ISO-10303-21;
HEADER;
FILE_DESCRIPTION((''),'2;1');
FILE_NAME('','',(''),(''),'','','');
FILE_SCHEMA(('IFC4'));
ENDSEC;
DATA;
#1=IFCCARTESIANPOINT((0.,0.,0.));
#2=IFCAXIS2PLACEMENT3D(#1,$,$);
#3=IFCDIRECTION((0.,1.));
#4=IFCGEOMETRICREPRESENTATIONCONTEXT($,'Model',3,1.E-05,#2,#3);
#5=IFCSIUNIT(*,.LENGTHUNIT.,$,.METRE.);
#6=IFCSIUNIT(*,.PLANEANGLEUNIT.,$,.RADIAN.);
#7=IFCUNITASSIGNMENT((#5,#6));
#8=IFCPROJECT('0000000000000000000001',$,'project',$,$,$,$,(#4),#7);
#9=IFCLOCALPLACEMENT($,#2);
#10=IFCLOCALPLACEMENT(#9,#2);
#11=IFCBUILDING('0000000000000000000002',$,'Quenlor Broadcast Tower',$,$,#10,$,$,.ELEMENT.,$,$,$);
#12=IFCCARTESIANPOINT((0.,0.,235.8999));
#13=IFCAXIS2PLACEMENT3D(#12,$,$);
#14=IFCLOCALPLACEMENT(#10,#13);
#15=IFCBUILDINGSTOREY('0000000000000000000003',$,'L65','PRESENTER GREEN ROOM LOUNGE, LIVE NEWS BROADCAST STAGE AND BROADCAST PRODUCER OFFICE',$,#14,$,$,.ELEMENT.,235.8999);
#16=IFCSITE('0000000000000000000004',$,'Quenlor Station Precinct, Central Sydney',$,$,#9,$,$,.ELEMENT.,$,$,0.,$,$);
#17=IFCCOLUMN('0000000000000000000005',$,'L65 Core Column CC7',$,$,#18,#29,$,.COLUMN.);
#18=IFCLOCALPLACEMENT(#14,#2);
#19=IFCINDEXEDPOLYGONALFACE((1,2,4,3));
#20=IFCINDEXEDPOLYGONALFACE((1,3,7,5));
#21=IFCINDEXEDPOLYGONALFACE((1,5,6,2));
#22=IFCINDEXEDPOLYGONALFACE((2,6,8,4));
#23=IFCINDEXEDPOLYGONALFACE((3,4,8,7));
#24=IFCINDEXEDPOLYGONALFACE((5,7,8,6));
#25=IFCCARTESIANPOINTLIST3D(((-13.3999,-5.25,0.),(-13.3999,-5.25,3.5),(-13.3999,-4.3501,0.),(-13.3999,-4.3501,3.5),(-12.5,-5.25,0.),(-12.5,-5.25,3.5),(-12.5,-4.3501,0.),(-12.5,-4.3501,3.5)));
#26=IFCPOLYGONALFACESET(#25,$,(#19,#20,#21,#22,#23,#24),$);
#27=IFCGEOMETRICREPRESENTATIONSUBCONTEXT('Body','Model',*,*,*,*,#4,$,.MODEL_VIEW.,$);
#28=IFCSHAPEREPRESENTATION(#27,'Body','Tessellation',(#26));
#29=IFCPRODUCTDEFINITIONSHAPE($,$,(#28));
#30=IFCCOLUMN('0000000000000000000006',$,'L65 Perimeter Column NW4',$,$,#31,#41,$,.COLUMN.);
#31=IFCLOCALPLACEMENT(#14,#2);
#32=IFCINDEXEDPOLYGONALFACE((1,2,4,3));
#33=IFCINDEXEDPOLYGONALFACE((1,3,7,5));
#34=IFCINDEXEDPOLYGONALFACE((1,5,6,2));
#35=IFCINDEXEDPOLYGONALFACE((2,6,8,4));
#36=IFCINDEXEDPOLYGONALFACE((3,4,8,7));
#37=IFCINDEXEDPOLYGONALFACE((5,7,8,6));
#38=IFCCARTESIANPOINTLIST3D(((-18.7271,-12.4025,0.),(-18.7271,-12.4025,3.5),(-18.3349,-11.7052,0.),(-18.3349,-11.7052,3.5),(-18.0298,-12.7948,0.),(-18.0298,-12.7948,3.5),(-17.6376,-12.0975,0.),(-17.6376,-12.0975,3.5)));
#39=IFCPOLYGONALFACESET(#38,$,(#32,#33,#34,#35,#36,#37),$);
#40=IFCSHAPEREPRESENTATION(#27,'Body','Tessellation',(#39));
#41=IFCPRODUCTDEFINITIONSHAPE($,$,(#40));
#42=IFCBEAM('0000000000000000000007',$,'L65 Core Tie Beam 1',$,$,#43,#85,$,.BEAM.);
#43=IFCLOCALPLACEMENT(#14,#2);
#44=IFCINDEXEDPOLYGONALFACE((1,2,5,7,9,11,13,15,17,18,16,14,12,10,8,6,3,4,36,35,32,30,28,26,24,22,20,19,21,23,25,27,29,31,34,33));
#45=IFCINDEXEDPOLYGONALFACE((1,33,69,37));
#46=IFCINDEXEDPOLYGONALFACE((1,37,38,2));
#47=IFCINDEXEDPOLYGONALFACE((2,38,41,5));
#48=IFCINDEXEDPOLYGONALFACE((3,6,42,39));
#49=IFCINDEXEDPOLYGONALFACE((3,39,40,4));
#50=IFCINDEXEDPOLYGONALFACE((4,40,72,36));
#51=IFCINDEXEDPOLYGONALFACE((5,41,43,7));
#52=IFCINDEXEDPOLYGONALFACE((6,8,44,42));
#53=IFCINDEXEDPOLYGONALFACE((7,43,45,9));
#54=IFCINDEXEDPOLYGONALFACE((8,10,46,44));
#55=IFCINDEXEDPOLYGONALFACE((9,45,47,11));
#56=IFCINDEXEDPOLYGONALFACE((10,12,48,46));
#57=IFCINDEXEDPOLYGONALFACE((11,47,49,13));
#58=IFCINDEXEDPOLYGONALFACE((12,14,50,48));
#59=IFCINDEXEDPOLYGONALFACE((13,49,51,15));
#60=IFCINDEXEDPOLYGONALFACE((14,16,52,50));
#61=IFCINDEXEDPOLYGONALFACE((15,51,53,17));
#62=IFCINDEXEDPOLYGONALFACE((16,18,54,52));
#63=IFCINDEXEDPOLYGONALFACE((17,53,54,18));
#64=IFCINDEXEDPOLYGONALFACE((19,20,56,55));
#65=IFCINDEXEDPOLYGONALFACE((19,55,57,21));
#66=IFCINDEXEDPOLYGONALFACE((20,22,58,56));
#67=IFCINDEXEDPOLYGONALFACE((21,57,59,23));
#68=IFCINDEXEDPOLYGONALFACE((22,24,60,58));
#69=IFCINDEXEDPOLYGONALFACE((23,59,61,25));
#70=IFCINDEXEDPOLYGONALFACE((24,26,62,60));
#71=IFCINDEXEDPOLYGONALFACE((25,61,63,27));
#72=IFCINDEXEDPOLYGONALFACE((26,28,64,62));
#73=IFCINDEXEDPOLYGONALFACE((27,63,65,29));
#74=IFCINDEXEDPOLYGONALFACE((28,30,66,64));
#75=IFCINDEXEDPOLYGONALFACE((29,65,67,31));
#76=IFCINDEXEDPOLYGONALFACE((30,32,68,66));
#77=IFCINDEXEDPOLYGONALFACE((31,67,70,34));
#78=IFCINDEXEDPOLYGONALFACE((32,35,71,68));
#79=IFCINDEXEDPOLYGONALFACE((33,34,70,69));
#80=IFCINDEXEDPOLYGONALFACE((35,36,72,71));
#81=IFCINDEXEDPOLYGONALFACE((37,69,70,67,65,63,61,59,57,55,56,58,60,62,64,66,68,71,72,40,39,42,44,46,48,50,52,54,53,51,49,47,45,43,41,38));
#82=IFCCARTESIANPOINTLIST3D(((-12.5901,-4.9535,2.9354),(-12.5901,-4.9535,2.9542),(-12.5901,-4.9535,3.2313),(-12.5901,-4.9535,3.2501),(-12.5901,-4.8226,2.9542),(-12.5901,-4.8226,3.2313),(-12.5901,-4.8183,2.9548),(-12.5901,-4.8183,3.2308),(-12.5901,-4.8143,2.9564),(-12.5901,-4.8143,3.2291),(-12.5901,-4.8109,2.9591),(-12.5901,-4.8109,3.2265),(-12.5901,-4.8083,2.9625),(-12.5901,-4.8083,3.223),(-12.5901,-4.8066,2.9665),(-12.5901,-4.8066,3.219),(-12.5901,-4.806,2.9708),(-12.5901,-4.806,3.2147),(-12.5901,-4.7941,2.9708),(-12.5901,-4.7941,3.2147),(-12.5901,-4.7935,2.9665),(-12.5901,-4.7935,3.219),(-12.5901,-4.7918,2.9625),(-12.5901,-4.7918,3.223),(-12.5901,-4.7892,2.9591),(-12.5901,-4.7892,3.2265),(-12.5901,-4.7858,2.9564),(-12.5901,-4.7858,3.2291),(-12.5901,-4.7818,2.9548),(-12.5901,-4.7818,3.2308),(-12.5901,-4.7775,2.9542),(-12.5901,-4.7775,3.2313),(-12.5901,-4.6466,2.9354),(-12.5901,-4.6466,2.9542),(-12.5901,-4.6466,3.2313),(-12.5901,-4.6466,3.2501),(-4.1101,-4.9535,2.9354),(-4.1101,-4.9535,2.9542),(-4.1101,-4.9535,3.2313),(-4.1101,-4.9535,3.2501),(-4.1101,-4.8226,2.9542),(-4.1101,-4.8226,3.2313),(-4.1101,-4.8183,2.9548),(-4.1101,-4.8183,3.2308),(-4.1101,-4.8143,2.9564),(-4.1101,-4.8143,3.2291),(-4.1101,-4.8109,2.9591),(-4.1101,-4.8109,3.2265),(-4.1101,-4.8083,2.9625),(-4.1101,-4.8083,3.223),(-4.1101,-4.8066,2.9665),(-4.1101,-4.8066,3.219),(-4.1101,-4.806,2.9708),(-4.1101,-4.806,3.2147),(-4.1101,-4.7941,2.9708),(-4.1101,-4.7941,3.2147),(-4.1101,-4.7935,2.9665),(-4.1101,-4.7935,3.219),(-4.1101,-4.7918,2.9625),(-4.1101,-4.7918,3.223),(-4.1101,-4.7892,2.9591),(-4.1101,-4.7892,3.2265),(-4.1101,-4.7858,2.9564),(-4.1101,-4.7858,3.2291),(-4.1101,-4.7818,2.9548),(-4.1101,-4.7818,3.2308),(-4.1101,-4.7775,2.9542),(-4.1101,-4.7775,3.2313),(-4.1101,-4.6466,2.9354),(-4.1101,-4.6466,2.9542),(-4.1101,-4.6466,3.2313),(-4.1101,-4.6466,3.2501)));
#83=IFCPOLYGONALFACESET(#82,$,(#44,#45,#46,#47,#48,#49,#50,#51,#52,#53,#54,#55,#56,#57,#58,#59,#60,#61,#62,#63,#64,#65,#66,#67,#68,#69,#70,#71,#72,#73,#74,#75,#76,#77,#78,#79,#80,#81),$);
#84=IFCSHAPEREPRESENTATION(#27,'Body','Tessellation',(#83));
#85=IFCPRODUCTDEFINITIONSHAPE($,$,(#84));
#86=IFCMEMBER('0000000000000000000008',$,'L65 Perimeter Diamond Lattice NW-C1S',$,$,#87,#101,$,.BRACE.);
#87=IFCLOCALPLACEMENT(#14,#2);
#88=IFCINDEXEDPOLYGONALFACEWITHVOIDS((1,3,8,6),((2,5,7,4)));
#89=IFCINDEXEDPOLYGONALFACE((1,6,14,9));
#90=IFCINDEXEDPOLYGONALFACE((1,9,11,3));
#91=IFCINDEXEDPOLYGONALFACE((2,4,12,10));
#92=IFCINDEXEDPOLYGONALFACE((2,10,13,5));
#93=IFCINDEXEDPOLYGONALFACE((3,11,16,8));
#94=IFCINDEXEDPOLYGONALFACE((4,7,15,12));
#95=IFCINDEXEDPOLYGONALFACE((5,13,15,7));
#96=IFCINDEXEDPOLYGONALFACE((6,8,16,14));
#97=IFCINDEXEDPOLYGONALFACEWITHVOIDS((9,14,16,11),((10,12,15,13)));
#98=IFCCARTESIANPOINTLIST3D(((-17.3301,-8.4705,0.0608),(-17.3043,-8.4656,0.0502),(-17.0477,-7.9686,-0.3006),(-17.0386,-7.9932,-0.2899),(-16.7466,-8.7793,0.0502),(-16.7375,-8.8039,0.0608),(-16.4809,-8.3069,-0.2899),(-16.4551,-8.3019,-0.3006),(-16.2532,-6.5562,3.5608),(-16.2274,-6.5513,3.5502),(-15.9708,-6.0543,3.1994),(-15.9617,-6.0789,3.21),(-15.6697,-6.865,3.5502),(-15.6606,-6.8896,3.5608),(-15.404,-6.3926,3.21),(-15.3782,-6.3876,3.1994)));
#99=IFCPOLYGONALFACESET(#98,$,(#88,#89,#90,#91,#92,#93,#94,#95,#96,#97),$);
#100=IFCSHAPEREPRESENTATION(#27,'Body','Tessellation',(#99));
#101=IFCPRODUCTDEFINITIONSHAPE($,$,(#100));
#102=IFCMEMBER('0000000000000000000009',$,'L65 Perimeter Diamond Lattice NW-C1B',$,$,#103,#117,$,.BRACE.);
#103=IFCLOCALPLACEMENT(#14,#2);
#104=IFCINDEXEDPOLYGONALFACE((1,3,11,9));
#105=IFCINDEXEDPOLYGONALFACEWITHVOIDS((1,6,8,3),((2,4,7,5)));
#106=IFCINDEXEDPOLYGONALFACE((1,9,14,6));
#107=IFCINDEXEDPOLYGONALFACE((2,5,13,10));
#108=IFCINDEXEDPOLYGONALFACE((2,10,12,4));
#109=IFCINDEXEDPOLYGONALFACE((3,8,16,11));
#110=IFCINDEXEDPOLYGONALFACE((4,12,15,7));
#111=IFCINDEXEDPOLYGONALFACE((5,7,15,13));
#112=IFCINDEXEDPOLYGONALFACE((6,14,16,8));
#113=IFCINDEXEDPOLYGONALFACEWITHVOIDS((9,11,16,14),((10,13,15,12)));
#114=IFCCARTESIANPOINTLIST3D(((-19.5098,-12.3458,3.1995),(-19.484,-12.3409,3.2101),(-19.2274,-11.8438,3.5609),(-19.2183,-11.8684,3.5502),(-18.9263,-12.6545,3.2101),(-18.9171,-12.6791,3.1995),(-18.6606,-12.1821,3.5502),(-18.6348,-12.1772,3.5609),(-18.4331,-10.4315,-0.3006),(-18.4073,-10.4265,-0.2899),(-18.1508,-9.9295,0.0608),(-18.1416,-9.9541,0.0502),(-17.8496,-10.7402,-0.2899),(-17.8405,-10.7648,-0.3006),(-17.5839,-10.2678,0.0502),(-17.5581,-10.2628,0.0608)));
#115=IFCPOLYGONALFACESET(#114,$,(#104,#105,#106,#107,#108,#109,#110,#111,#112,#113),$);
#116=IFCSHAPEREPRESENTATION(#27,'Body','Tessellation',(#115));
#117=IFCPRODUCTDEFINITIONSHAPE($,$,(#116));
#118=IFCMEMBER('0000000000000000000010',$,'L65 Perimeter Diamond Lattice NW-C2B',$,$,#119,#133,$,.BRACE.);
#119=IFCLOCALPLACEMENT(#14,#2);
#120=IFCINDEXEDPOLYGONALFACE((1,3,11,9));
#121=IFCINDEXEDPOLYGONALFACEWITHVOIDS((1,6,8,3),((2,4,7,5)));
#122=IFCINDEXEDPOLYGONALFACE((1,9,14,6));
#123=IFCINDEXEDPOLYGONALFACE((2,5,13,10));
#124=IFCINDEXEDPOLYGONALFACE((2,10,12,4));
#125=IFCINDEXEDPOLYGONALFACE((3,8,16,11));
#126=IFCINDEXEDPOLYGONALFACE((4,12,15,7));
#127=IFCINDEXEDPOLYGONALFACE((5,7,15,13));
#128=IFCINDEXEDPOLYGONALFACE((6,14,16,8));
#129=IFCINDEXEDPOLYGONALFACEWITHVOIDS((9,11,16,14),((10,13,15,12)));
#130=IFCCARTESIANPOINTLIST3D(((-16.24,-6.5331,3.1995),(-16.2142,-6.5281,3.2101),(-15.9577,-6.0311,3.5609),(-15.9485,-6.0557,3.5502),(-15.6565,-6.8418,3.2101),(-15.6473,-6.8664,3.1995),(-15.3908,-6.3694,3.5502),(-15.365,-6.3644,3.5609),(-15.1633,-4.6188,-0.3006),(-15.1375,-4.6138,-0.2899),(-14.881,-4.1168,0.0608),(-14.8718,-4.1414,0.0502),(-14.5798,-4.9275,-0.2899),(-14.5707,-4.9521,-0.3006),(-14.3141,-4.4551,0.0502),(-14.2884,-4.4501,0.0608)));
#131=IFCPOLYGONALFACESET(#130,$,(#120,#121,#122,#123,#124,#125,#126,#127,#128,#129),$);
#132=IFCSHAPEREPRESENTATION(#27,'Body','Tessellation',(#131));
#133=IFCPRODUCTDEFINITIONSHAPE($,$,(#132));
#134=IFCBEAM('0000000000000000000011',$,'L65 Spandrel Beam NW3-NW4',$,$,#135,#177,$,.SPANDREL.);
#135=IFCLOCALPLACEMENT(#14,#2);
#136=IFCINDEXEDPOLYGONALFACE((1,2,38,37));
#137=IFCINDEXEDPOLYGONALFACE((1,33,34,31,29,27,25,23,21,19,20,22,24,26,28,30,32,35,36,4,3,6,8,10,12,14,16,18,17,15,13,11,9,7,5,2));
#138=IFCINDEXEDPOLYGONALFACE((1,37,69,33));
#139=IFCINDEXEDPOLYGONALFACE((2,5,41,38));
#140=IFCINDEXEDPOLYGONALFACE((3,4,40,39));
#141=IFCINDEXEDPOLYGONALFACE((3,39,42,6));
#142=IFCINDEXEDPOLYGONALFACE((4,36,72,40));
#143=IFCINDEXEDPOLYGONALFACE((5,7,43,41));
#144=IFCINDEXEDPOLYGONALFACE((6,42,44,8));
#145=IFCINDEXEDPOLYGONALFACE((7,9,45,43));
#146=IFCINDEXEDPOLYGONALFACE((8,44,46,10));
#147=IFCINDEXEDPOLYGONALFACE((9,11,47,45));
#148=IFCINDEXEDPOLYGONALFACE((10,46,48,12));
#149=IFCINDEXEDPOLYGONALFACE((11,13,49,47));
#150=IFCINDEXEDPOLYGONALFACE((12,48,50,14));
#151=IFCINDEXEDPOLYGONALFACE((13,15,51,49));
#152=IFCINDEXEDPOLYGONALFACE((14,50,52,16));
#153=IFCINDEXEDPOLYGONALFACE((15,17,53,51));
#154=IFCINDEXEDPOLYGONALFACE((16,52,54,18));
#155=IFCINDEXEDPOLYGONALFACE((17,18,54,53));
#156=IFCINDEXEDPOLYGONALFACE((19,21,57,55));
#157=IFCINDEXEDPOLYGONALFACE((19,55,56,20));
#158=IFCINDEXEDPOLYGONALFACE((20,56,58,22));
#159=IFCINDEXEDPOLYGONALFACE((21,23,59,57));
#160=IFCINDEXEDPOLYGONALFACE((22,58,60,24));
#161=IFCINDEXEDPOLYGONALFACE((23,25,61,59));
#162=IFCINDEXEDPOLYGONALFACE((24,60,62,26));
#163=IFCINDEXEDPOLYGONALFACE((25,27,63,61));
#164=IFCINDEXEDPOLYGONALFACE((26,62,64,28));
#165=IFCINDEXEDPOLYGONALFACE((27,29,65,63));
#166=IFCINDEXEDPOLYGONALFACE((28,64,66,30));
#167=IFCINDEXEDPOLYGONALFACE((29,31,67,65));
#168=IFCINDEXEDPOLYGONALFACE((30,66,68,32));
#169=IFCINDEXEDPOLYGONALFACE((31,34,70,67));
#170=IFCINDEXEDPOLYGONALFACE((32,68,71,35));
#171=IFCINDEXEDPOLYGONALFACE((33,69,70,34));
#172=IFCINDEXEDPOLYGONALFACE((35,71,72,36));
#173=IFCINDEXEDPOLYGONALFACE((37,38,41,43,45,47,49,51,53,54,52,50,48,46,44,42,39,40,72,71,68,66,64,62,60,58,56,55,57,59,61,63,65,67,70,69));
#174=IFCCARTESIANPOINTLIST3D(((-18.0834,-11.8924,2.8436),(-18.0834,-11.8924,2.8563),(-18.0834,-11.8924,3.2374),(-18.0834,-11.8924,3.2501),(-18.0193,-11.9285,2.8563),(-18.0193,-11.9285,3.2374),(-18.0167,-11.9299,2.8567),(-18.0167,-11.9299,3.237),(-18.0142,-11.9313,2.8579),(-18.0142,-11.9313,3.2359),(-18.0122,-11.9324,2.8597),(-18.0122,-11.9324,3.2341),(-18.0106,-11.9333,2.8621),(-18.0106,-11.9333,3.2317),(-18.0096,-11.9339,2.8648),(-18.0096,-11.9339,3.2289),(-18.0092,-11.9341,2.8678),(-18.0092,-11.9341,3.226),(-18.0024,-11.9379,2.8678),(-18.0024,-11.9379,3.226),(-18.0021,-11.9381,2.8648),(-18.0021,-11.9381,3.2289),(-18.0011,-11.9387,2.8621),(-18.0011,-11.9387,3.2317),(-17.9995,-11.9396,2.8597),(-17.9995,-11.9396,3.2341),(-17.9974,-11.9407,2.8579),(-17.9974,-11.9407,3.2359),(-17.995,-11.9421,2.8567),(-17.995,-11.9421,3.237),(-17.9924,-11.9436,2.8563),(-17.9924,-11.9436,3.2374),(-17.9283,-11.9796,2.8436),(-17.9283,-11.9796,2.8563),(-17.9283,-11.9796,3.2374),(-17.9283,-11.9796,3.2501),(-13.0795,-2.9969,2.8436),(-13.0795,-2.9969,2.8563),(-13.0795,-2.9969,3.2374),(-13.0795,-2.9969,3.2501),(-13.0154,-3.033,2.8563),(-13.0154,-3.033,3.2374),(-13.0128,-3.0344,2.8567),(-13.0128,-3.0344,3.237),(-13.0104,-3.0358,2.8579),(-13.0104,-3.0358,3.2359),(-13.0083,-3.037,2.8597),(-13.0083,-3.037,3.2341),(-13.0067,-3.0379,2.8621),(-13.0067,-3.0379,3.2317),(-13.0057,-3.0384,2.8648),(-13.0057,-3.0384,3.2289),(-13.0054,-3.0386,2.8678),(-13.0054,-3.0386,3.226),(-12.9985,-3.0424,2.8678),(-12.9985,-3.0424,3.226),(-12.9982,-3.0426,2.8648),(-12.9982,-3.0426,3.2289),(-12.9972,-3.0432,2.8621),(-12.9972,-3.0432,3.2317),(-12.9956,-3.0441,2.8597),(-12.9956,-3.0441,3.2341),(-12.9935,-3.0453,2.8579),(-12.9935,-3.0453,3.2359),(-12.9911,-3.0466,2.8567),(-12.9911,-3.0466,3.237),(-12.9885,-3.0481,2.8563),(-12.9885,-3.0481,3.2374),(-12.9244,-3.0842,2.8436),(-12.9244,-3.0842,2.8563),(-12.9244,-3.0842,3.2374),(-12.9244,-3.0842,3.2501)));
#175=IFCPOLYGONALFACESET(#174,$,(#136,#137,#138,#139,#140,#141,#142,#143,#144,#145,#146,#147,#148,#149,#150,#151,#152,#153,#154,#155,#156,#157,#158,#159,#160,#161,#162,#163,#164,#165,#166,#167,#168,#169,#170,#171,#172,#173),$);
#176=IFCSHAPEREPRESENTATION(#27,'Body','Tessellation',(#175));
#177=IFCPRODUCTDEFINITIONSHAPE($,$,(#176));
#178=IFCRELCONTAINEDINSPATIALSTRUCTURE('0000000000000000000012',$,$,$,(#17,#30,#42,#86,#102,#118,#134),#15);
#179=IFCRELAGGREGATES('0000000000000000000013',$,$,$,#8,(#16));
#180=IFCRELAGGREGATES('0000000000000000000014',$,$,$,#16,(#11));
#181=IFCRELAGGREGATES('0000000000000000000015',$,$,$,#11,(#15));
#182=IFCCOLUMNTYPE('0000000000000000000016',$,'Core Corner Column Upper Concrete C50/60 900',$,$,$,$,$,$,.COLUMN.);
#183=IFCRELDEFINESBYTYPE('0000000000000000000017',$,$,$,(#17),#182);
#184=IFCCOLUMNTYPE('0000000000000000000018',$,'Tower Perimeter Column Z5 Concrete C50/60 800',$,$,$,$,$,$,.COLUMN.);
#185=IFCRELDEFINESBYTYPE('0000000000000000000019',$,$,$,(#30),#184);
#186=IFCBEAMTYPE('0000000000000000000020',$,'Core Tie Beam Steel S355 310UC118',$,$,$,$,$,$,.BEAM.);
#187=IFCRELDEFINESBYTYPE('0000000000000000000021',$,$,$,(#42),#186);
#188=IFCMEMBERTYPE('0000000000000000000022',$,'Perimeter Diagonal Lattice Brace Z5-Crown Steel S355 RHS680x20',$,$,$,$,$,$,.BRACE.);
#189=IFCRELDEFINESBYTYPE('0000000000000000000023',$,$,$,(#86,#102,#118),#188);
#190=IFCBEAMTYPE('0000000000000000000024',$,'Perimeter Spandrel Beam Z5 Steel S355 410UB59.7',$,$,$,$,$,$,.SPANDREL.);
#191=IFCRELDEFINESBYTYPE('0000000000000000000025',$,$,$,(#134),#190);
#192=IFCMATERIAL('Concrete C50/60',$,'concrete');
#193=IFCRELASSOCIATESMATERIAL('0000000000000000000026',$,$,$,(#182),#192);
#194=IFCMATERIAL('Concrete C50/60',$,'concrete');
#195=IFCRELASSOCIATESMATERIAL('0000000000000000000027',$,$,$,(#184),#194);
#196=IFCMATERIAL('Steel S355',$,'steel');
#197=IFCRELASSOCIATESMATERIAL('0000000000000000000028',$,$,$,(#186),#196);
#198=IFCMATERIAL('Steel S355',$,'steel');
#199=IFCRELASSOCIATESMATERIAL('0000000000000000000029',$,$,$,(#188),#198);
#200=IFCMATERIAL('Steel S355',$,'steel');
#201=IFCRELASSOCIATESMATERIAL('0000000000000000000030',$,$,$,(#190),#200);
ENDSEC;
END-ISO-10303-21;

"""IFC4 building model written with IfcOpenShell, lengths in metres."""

from ifc_helpers import new_model, si_unit, direction, frame, origin, origin_2d, place, context, subcontext, project, spatial, rectangle, hollow_rectangle, i_section, extrude, material, material_profile, profile_set, type_object, element, save


model = new_model("IFC4")

# Units and contexts
model_context = context("Model", 3, precision=1e-05, world=origin(), true_north=direction((0.0, 1.0)))
body_context = subcontext(model_context, "Body", "Model", "MODEL_VIEW")
ifc_project = project(units=[si_unit("LENGTHUNIT", "METRE"), si_unit("PLANEANGLEUNIT", "RADIAN")], contexts=[model_context])

# Site, building, storey
site_placement = place(None, origin())
site = spatial("IfcSite", under=ifc_project, at=site_placement, Name="Quenlor Station Precinct, Central Sydney", CompositionType="ELEMENT", RefElevation=0.0)
building_placement = place(site_placement, origin())
building = spatial("IfcBuilding", under=site, at=building_placement, Name="Quenlor Broadcast Tower", CompositionType="ELEMENT")
storey_placement = place(building_placement, frame((0.0, 0.0, 235.8999)))
storey = spatial("IfcBuildingStorey", under=building, at=storey_placement, Name="L65", Description="PRESENTER GREEN ROOM LOUNGE, LIVE NEWS BROADCAST STAGE AND BROADCAST PRODUCER OFFICE", CompositionType="ELEMENT", Elevation=235.8999)

# Columns
ifc_material_1 = material(Name="Concrete C50/60", Category="concrete")
ifc_material_profile_1 = material_profile(ifc_material_1, rectangle(XDim=0.8999, YDim=0.8999, at=origin_2d()))
ifc_profile_set_1 = profile_set([ifc_material_profile_1], Name="Concrete C50/60 RC900x900")
column_type_1 = type_object("IfcColumnType", Name="Core Corner Column Upper Concrete C50/60 900", PredefinedType="COLUMN", material=ifc_profile_set_1)
column_1_placement = place(storey_placement, frame((-12.95, -4.8, 0.0), z_axis=(0.0, 0.0, 1.0), x_axis=(1.0, 0.0, 0.0)))
element("IfcColumn", 1, at=column_1_placement, inside=storey, type_object=column_type_1, Name="L65 Core Column CC7", PredefinedType="COLUMN", context=body_context, shape_type="SweptSolid", body=[
    extrude(rectangle(XDim=0.8999, YDim=0.8999, at=origin_2d()), origin(), (0.0, 0.0, 1.0), 3.5),
])
ifc_material_2 = material(Name="Concrete C50/60", Category="concrete")
ifc_material_profile_2 = material_profile(ifc_material_2, rectangle(XDim=0.8, YDim=0.8, at=origin_2d()))
ifc_profile_set_2 = profile_set([ifc_material_profile_2], Name="Concrete C50/60 RC800x800")
column_type_2 = type_object("IfcColumnType", Name="Tower Perimeter Column Z5 Concrete C50/60 800", PredefinedType="COLUMN", material=ifc_profile_set_2)
column_2_placement = place(storey_placement, frame((-18.1824, -12.25, 0.0), z_axis=(0.0, 0.0, 1.0), x_axis=(-0.871575, 0.490262, 0.0)))
element("IfcColumn", 2, at=column_2_placement, inside=storey, type_object=column_type_2, Name="L65 Perimeter Column NW4", PredefinedType="COLUMN", context=body_context, shape_type="SweptSolid", body=[
    extrude(rectangle(XDim=0.8, YDim=0.8, at=origin_2d()), origin(), (0.0, 0.0, 1.0), 3.5),
])

# Beam
ifc_material_3 = material(Name="Steel S355", Category="steel")
ifc_material_profile_3 = material_profile(ifc_material_3, i_section(OverallWidth=0.3069, OverallDepth=0.3147, WebThickness=0.012, FlangeThickness=0.0188, FilletRadius=0.0166, at=origin_2d()))
ifc_profile_set_3 = profile_set([ifc_material_profile_3], Name="Steel S355 310UC118")
beam_type_1 = type_object("IfcBeamType", Name="Core Tie Beam Steel S355 310UC118", PredefinedType="BEAM", material=ifc_profile_set_3)
beam_1_placement = place(storey_placement, frame((-12.5901, -4.8, 3.0928), z_axis=(1.0, 0.0, 0.0), x_axis=(0.0, 1.0, 0.0)))
element("IfcBeam", 3, at=beam_1_placement, inside=storey, type_object=beam_type_1, Name="L65 Core Tie Beam 1", PredefinedType="BEAM", context=body_context, shape_type="SweptSolid", body=[
    extrude(i_section(OverallWidth=0.3069, OverallDepth=0.3147, WebThickness=0.012, FlangeThickness=0.0188, FilletRadius=0.0166, at=origin_2d()), origin(), (0.0, 0.0, 1.0), 8.48),
])

# Members
ifc_material_4 = material(Name="Steel S355", Category="steel")
ifc_material_profile_4 = material_profile(ifc_material_4, hollow_rectangle(XDim=0.6799, YDim=0.6799, WallThickness=0.02, at=origin_2d()))
ifc_profile_set_4 = profile_set([ifc_material_profile_4], Name="Steel S355 RHS680x680x20")
member_type = type_object("IfcMemberType", Name="Perimeter Diagonal Lattice Brace Z5-Crown Steel S355 RHS680x20", PredefinedType="BRACE", material=ifc_profile_set_4)
for number, where, z_axis, x_axis, name in (
    (4, (-16.8926, -8.3862, -0.1199), (0.260619, 0.463276, 0.847026), (-0.871555, 0.490298, 0.0), "L65 Perimeter Diamond Lattice NW-C1S"),
    (5, (-17.9956, -10.3472, -0.1199), (-0.260564, -0.463283, 0.847039), (0.871602, -0.490214, 0.0), "L65 Perimeter Diamond Lattice NW-C1B"),
    (6, (-14.7258, -4.5344, -0.1199), (-0.260564, -0.463283, 0.847039), (0.871602, -0.490214, 0.0), "L65 Perimeter Diamond Lattice NW-C2B"),
):
    element("IfcMember", number, at=place(storey_placement, frame(where, z_axis=z_axis, x_axis=x_axis)), inside=storey, type_object=member_type, Name=name, PredefinedType="BRACE", context=body_context, shape_type="SweptSolid", body=[
        extrude(hollow_rectangle(XDim=0.6799, YDim=0.6799, WallThickness=0.02, at=origin_2d()), origin(), (0.0, 0.0, 1.0), 4.1321),
    ])

# Beam
ifc_material_5 = material(Name="Steel S355", Category="steel")
ifc_material_profile_5 = material_profile(ifc_material_5, i_section(OverallWidth=0.178, OverallDepth=0.4065, WebThickness=0.0078, FlangeThickness=0.0127, FilletRadius=0.0115, at=origin_2d()))
ifc_profile_set_5 = profile_set([ifc_material_profile_5], Name="Steel S355 410UB59.7")
beam_type_2 = type_object("IfcBeamType", Name="Perimeter Spandrel Beam Z5 Steel S355 410UB59.7", PredefinedType="SPANDREL", material=ifc_profile_set_5)
beam_2_placement = place(storey_placement, frame((-13.002, -3.0405, 3.0469), z_axis=(-0.490275, -0.871568, 0.0), x_axis=(0.871568, -0.490275, 0.0)))
element("IfcBeam", 7, at=beam_2_placement, inside=storey, type_object=beam_type_2, Name="L65 Spandrel Beam NW3-NW4", PredefinedType="SPANDREL", context=body_context, shape_type="SweptSolid", body=[
    extrude(i_section(OverallWidth=0.178, OverallDepth=0.4065, WebThickness=0.0078, FlangeThickness=0.0127, FilletRadius=0.0115, at=origin_2d()), origin(), (0.0, 0.0, 1.0), 10.2063),
])

save(model, "model.ifc")
